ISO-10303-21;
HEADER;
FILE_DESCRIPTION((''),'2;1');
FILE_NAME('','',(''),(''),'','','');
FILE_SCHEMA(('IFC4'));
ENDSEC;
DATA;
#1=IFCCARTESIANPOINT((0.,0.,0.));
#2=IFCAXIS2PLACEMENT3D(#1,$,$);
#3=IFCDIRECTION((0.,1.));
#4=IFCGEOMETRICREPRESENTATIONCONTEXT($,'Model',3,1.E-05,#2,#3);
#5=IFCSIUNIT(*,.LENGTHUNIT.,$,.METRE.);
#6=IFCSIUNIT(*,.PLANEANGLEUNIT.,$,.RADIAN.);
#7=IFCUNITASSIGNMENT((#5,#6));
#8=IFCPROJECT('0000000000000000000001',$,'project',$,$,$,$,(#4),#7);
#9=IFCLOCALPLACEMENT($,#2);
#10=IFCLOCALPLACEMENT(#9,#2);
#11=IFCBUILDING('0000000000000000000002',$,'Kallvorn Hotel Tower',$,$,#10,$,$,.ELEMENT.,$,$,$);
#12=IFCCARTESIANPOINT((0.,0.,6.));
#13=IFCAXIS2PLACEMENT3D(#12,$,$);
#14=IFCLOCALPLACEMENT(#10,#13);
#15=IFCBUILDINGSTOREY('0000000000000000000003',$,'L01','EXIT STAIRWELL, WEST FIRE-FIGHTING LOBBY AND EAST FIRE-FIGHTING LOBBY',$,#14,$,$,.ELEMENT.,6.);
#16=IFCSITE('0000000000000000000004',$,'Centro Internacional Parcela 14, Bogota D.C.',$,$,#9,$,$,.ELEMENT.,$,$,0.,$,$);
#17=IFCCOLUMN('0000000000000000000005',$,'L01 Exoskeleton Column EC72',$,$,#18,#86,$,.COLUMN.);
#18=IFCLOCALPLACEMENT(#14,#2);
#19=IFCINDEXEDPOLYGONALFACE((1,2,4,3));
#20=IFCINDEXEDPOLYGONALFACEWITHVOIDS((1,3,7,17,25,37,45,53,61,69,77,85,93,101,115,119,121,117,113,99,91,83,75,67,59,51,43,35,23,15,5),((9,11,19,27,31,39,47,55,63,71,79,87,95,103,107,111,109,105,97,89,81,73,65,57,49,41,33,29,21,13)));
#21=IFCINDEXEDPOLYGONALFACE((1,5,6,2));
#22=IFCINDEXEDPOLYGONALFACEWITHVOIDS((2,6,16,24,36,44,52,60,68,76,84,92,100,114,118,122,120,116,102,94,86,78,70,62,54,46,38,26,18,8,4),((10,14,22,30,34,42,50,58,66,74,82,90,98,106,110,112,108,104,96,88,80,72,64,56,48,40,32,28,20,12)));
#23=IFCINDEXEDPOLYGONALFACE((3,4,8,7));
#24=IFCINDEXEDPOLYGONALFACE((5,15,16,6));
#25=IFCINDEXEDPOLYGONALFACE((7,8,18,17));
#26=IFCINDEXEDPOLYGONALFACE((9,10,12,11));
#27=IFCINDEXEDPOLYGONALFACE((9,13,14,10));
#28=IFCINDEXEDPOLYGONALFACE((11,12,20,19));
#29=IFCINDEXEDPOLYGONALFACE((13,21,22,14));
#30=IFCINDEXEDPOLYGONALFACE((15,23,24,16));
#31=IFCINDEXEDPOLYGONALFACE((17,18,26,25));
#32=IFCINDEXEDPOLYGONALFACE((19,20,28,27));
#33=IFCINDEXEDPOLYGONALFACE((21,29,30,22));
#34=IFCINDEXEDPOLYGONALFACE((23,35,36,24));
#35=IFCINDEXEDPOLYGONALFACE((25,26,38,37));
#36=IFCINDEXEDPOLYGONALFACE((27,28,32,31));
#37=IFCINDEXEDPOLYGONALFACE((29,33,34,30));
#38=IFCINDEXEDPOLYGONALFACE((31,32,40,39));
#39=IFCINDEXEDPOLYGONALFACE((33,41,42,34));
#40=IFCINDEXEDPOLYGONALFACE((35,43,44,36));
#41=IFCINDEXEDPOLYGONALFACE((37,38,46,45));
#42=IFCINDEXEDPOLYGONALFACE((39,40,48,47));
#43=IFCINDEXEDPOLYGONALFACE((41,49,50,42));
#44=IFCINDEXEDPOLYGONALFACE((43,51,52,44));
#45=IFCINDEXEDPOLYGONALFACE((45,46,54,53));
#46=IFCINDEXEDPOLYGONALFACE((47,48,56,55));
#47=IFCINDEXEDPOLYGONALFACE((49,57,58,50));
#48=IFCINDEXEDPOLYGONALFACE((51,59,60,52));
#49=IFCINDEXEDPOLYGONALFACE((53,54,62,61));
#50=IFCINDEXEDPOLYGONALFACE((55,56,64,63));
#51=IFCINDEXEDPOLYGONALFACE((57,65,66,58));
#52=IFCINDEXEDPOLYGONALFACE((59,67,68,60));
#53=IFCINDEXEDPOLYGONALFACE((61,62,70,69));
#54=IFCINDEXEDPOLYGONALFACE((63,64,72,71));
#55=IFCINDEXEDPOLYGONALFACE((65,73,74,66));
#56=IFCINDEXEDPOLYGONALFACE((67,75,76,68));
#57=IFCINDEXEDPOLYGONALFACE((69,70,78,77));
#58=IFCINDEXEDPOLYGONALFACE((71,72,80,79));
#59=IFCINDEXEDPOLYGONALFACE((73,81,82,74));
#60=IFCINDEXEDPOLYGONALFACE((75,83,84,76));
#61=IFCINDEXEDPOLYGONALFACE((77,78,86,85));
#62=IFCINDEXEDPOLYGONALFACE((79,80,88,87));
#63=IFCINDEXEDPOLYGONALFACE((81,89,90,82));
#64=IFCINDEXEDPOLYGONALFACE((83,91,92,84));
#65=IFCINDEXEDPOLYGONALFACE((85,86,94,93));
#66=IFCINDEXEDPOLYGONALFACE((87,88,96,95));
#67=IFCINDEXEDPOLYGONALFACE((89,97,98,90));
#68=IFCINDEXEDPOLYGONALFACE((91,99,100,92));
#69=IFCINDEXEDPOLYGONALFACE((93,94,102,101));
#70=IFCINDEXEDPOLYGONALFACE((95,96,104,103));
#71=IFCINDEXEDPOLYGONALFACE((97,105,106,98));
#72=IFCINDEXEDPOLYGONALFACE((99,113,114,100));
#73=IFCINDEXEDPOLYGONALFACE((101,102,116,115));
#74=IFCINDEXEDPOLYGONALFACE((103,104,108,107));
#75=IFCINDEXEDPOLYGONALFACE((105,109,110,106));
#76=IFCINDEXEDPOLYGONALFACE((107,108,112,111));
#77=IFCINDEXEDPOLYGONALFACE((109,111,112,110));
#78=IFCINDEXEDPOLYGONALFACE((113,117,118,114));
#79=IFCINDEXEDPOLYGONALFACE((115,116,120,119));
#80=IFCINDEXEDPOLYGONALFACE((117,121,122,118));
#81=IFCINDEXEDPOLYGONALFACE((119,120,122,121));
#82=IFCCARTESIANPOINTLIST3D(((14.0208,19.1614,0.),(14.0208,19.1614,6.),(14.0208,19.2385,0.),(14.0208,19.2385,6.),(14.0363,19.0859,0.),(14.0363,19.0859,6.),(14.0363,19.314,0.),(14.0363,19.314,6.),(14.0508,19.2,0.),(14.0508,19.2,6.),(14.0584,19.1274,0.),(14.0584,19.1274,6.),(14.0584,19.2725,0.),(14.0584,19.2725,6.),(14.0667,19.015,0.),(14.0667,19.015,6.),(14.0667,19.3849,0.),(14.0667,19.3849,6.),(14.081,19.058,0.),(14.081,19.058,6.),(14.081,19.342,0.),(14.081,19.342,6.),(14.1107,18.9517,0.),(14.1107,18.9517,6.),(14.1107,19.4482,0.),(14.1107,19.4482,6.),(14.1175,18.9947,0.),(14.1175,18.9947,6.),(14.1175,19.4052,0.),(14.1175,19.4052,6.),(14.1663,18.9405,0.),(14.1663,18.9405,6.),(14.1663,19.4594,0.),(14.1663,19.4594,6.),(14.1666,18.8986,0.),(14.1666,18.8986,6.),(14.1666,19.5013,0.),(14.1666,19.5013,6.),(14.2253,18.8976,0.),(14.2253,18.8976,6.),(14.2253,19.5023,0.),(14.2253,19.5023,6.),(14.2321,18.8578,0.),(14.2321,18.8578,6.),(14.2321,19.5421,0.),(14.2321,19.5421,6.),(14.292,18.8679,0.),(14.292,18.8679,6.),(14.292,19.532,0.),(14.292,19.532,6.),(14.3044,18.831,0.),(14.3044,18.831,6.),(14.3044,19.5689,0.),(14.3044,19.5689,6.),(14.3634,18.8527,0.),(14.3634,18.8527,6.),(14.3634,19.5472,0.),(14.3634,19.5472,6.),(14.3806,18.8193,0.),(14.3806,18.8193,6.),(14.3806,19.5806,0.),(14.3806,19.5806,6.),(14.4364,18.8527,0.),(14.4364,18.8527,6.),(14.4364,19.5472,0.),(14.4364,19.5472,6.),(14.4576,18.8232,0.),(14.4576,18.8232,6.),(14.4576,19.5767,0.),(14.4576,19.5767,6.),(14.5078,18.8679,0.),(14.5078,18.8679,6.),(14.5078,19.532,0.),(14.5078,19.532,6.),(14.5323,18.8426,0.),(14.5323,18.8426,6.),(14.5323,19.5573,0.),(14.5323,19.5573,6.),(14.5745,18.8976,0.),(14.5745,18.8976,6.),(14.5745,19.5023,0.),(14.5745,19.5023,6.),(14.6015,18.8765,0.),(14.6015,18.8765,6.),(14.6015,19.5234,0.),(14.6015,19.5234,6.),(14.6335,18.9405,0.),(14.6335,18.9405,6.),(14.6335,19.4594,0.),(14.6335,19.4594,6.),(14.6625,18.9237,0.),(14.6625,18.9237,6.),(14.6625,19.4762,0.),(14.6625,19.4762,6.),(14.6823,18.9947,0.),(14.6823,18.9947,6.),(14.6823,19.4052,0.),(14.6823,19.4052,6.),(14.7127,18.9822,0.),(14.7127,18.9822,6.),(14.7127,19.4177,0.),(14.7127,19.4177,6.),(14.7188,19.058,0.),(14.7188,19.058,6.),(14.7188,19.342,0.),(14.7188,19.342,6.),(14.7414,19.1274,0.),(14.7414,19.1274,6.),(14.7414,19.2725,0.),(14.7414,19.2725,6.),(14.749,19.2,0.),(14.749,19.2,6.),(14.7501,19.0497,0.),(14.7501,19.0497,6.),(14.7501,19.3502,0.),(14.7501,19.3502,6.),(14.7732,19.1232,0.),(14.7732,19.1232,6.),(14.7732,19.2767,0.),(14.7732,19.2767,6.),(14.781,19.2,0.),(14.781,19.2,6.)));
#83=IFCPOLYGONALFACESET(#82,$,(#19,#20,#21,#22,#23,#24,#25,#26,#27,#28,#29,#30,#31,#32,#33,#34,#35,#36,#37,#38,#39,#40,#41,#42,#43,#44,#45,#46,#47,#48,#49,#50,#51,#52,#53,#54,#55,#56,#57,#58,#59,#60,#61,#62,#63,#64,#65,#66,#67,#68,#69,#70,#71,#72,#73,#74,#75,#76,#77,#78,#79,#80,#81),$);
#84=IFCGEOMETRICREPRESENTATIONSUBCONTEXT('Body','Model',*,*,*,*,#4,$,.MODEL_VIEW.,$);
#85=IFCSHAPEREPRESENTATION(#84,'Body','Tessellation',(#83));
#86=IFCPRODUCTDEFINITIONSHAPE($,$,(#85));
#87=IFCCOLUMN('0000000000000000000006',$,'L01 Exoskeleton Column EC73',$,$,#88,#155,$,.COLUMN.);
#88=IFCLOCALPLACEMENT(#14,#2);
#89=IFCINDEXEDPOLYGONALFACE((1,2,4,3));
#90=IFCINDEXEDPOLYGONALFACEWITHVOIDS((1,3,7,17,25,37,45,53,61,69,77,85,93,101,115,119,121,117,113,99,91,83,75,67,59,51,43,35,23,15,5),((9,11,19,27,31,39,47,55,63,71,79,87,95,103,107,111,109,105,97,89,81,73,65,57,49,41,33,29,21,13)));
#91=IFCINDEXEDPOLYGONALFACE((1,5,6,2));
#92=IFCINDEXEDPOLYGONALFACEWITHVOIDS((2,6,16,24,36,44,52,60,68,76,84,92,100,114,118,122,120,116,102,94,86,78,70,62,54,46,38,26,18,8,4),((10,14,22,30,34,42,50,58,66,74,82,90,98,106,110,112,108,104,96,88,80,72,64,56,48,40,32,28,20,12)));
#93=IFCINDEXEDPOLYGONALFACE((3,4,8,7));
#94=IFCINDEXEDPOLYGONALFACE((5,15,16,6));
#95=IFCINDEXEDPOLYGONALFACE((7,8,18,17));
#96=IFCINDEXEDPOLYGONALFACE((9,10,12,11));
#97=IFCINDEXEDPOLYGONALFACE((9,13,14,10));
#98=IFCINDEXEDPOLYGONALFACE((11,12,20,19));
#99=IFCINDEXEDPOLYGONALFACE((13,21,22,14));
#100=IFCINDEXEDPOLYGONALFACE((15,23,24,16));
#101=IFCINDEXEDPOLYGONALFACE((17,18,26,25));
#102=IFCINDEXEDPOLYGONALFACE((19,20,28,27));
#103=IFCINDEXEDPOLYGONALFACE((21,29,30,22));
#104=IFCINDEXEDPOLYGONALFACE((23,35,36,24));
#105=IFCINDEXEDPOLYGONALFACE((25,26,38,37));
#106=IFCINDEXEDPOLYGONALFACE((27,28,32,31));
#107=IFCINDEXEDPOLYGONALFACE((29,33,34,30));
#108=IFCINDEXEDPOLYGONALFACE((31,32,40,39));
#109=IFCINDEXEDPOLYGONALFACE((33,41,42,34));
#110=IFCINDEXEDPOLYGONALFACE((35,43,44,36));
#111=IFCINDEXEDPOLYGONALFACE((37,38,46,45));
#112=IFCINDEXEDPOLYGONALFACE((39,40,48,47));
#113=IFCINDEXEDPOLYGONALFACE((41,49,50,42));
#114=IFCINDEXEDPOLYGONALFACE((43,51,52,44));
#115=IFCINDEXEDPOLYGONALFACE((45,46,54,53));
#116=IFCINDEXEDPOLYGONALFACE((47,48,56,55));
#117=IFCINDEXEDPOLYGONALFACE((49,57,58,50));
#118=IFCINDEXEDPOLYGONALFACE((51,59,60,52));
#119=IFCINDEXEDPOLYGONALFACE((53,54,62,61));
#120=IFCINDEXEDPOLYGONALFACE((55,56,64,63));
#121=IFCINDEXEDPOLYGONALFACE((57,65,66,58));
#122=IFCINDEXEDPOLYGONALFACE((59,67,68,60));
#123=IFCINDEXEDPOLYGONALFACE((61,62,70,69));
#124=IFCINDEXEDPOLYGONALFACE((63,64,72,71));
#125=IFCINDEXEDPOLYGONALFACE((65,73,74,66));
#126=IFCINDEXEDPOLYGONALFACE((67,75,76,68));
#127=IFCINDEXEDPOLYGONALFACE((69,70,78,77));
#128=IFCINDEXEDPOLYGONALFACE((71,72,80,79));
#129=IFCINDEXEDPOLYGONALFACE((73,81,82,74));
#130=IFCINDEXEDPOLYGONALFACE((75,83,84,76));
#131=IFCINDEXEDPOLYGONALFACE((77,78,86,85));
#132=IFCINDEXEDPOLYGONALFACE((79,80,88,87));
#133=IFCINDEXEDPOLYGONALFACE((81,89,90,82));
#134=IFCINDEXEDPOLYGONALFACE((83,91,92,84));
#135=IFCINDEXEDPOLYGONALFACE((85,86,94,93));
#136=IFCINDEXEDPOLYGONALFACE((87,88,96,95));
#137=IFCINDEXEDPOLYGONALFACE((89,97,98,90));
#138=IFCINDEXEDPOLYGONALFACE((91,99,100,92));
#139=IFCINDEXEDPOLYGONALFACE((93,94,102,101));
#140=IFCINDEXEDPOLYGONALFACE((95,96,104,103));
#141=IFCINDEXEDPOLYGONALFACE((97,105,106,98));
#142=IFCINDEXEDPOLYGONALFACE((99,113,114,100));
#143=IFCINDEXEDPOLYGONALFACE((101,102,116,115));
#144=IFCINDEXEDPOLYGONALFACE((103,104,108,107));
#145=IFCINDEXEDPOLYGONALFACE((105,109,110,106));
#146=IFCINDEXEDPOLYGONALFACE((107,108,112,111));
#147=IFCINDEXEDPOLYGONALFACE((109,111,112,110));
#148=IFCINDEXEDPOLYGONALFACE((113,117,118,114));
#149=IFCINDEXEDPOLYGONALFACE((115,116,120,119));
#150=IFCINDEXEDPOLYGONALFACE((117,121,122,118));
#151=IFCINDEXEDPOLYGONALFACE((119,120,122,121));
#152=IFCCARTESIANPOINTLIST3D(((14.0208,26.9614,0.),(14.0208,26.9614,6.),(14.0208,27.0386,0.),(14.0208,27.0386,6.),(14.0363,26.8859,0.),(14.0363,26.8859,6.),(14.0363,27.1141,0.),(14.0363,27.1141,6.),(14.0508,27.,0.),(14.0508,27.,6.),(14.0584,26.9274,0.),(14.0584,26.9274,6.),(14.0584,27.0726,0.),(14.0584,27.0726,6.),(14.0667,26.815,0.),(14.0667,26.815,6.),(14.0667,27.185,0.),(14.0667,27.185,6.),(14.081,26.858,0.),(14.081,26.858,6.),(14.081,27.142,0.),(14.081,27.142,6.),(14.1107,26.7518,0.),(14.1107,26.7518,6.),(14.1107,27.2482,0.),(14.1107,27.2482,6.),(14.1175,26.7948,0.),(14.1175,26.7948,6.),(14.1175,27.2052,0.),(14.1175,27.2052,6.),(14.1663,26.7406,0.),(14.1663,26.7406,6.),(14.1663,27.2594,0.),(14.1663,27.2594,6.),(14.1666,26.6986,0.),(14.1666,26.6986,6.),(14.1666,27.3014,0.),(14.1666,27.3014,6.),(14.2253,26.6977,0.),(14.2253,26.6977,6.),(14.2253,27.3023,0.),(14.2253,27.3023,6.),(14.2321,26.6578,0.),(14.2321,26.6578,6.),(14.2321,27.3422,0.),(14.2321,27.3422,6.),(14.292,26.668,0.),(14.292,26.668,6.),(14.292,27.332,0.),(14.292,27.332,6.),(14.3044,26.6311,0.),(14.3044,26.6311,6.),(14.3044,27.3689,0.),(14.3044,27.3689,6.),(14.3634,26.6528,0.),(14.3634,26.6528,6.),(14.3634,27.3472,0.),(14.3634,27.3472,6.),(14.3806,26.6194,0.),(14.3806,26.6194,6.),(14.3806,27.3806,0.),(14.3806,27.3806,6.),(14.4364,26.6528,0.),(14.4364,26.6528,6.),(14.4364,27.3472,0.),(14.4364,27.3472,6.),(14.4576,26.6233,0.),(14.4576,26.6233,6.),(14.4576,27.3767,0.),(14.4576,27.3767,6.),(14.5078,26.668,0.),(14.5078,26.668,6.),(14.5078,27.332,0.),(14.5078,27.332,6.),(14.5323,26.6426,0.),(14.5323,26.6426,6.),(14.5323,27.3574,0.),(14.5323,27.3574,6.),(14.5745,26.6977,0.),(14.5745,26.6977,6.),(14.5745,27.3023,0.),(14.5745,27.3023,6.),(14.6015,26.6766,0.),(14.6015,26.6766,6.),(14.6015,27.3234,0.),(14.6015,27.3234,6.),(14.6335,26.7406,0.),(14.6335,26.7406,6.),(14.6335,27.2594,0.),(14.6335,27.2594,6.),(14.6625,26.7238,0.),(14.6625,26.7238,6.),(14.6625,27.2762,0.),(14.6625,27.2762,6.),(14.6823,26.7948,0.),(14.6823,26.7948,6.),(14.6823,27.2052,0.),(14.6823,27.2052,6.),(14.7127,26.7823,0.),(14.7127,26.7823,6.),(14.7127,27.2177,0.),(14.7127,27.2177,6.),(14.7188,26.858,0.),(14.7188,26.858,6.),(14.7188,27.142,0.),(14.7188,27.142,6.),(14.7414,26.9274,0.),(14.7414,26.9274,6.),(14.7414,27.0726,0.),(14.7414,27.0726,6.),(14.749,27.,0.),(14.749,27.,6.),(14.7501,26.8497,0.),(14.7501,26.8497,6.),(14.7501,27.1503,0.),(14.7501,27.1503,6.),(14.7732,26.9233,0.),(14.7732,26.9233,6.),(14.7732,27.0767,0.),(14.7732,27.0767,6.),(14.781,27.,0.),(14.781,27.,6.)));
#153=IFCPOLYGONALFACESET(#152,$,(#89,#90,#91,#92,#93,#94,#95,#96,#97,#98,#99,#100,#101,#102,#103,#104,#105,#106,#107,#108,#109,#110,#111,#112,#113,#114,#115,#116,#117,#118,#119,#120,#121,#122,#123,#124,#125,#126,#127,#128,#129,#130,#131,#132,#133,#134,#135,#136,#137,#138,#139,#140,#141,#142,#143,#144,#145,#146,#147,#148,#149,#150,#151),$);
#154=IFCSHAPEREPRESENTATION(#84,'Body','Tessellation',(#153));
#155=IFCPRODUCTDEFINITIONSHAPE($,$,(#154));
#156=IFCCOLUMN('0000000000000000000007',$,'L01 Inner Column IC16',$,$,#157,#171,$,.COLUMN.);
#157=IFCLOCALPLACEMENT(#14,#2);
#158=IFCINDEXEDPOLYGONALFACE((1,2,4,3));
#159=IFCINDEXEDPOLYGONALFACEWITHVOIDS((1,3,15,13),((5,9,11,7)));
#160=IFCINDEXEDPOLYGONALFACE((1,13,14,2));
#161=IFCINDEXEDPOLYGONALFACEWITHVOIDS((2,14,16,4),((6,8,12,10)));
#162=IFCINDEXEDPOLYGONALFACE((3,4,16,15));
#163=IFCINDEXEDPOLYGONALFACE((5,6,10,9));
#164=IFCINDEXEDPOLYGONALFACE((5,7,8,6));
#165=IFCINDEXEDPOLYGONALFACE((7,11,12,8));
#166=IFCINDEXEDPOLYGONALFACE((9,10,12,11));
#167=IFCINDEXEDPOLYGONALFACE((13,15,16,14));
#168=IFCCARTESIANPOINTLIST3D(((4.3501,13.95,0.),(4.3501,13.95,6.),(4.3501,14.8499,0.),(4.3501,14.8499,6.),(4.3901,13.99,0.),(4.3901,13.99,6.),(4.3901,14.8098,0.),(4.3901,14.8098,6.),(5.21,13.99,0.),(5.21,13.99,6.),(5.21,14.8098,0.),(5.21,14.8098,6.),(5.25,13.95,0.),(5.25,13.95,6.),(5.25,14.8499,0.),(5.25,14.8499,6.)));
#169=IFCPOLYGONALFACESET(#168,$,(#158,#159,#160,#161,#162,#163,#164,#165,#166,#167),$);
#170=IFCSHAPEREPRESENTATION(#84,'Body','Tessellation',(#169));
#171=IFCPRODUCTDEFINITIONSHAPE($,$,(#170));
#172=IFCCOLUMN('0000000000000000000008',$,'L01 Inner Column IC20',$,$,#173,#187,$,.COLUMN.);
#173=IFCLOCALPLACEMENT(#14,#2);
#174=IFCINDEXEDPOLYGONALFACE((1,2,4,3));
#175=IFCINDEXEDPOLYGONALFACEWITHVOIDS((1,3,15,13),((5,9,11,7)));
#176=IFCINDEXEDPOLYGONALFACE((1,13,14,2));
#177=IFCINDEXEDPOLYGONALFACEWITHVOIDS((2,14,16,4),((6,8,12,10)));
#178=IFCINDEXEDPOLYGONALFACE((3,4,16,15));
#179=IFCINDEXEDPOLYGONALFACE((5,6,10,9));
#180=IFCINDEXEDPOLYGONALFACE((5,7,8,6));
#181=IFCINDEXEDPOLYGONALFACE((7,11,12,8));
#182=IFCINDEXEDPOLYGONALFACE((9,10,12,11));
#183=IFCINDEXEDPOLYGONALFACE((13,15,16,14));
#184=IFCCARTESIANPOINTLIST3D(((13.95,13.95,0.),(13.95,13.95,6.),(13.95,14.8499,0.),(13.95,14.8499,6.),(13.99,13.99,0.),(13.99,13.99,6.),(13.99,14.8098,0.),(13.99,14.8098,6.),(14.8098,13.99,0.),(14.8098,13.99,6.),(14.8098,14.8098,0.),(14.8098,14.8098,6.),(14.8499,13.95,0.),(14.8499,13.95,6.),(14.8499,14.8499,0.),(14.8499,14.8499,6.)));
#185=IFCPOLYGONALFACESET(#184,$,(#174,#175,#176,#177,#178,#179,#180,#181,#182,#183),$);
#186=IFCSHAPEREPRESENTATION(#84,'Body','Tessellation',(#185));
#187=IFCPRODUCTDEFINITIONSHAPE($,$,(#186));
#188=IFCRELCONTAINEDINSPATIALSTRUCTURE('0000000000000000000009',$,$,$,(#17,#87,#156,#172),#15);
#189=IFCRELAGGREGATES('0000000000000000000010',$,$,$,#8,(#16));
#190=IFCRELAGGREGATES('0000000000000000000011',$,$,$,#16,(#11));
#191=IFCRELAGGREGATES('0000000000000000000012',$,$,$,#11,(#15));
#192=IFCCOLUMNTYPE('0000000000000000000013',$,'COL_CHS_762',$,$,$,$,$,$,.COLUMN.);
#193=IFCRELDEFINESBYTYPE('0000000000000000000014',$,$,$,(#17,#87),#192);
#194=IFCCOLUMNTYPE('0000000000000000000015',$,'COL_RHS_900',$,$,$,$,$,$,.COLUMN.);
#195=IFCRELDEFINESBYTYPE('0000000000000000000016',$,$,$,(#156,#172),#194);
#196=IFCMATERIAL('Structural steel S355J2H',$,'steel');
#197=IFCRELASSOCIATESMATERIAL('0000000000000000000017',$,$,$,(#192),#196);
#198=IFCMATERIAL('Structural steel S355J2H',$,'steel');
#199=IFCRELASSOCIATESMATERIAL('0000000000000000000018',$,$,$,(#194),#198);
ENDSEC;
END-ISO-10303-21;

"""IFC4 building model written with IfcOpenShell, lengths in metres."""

from ifc_helpers import new_model, si_unit, direction, frame, origin, origin_2d, place, context, subcontext, project, spatial, hollow_rectangle, hollow_circle, extrude, material, material_profile, profile_set, type_object, element, save


model = new_model("IFC4")

# Units and contexts
model_context = context("Model", 3, precision=1e-05, world=origin(), true_north=direction((0.0, 1.0)))
body_context = subcontext(model_context, "Body", "Model", "MODEL_VIEW")
ifc_project = project(units=[si_unit("LENGTHUNIT", "METRE"), si_unit("PLANEANGLEUNIT", "RADIAN")], contexts=[model_context])

# Site, building, storey
site_placement = place(None, origin())
site = spatial("IfcSite", under=ifc_project, at=site_placement, Name="Centro Internacional Parcela 14, Bogota D.C.", CompositionType="ELEMENT", RefElevation=0.0)
building_placement = place(site_placement, origin())
building = spatial("IfcBuilding", under=site, at=building_placement, Name="Kallvorn Hotel Tower", CompositionType="ELEMENT")
storey_placement = place(building_placement, frame((0.0, 0.0, 6.0)))
storey = spatial("IfcBuildingStorey", under=building, at=storey_placement, Name="L01", Description="EXIT STAIRWELL, WEST FIRE-FIGHTING LOBBY AND EAST FIRE-FIGHTING LOBBY", CompositionType="ELEMENT", Elevation=6.0)

# Columns
ifc_material_1 = material(Name="Structural steel S355J2H", Category="steel")
ifc_material_profile_1 = material_profile(ifc_material_1, hollow_circle(Radius=0.3811, WallThickness=0.032, at=origin_2d()), Name="CHS 762x32")
ifc_profile_set_1 = profile_set([ifc_material_profile_1], Name="Structural steel S355J2H")
column_type_1 = type_object("IfcColumnType", Name="COL_CHS_762", PredefinedType="COLUMN", material=ifc_profile_set_1)
for number, where, z_axis, x_axis, name in (
    (1, (14.3999, 19.2, 0.0), (0.0, 0.0, 1.0), (1.0, 0.0, 0.0), "L01 Exoskeleton Column EC72"),
    (2, (14.3999, 27.0, 0.0), (0.0, 0.0, 1.0), (1.0, 0.0, 0.0), "L01 Exoskeleton Column EC73"),
):
    element("IfcColumn", number, at=place(storey_placement, frame(where, z_axis=z_axis, x_axis=x_axis)), inside=storey, type_object=column_type_1, Name=name, PredefinedType="COLUMN", context=body_context, shape_type="SweptSolid", body=[
        extrude(hollow_circle(Radius=0.3811, WallThickness=0.032, at=origin_2d()), origin(), (0.0, 0.0, 1.0), 6.0),
    ])
ifc_material_2 = material(Name="Structural steel S355J2H", Category="steel")
ifc_material_profile_2 = material_profile(ifc_material_2, hollow_rectangle(XDim=0.8999, YDim=0.8999, WallThickness=0.04, at=origin_2d()), Name="RHS 900x900x40")
ifc_profile_set_2 = profile_set([ifc_material_profile_2], Name="Structural steel S355J2H")
column_type_2 = type_object("IfcColumnType", Name="COL_RHS_900", PredefinedType="COLUMN", material=ifc_profile_set_2)
for number, where, z_axis, x_axis, name in (
    (3, (4.8, 14.3999, 0.0), (0.0, 0.0, 1.0), (1.0, 0.0, 0.0), "L01 Inner Column IC16"),
    (4, (14.3999, 14.3999, 0.0), (0.0, 0.0, 1.0), (1.0, 0.0, 0.0), "L01 Inner Column IC20"),
):
    element("IfcColumn", number, at=place(storey_placement, frame(where, z_axis=z_axis, x_axis=x_axis)), inside=storey, type_object=column_type_2, Name=name, PredefinedType="COLUMN", context=body_context, shape_type="SweptSolid", body=[
        extrude(hollow_rectangle(XDim=0.8999, YDim=0.8999, WallThickness=0.04, at=origin_2d()), origin(), (0.0, 0.0, 1.0), 6.0),
    ])

save(model, "model.ifc")
